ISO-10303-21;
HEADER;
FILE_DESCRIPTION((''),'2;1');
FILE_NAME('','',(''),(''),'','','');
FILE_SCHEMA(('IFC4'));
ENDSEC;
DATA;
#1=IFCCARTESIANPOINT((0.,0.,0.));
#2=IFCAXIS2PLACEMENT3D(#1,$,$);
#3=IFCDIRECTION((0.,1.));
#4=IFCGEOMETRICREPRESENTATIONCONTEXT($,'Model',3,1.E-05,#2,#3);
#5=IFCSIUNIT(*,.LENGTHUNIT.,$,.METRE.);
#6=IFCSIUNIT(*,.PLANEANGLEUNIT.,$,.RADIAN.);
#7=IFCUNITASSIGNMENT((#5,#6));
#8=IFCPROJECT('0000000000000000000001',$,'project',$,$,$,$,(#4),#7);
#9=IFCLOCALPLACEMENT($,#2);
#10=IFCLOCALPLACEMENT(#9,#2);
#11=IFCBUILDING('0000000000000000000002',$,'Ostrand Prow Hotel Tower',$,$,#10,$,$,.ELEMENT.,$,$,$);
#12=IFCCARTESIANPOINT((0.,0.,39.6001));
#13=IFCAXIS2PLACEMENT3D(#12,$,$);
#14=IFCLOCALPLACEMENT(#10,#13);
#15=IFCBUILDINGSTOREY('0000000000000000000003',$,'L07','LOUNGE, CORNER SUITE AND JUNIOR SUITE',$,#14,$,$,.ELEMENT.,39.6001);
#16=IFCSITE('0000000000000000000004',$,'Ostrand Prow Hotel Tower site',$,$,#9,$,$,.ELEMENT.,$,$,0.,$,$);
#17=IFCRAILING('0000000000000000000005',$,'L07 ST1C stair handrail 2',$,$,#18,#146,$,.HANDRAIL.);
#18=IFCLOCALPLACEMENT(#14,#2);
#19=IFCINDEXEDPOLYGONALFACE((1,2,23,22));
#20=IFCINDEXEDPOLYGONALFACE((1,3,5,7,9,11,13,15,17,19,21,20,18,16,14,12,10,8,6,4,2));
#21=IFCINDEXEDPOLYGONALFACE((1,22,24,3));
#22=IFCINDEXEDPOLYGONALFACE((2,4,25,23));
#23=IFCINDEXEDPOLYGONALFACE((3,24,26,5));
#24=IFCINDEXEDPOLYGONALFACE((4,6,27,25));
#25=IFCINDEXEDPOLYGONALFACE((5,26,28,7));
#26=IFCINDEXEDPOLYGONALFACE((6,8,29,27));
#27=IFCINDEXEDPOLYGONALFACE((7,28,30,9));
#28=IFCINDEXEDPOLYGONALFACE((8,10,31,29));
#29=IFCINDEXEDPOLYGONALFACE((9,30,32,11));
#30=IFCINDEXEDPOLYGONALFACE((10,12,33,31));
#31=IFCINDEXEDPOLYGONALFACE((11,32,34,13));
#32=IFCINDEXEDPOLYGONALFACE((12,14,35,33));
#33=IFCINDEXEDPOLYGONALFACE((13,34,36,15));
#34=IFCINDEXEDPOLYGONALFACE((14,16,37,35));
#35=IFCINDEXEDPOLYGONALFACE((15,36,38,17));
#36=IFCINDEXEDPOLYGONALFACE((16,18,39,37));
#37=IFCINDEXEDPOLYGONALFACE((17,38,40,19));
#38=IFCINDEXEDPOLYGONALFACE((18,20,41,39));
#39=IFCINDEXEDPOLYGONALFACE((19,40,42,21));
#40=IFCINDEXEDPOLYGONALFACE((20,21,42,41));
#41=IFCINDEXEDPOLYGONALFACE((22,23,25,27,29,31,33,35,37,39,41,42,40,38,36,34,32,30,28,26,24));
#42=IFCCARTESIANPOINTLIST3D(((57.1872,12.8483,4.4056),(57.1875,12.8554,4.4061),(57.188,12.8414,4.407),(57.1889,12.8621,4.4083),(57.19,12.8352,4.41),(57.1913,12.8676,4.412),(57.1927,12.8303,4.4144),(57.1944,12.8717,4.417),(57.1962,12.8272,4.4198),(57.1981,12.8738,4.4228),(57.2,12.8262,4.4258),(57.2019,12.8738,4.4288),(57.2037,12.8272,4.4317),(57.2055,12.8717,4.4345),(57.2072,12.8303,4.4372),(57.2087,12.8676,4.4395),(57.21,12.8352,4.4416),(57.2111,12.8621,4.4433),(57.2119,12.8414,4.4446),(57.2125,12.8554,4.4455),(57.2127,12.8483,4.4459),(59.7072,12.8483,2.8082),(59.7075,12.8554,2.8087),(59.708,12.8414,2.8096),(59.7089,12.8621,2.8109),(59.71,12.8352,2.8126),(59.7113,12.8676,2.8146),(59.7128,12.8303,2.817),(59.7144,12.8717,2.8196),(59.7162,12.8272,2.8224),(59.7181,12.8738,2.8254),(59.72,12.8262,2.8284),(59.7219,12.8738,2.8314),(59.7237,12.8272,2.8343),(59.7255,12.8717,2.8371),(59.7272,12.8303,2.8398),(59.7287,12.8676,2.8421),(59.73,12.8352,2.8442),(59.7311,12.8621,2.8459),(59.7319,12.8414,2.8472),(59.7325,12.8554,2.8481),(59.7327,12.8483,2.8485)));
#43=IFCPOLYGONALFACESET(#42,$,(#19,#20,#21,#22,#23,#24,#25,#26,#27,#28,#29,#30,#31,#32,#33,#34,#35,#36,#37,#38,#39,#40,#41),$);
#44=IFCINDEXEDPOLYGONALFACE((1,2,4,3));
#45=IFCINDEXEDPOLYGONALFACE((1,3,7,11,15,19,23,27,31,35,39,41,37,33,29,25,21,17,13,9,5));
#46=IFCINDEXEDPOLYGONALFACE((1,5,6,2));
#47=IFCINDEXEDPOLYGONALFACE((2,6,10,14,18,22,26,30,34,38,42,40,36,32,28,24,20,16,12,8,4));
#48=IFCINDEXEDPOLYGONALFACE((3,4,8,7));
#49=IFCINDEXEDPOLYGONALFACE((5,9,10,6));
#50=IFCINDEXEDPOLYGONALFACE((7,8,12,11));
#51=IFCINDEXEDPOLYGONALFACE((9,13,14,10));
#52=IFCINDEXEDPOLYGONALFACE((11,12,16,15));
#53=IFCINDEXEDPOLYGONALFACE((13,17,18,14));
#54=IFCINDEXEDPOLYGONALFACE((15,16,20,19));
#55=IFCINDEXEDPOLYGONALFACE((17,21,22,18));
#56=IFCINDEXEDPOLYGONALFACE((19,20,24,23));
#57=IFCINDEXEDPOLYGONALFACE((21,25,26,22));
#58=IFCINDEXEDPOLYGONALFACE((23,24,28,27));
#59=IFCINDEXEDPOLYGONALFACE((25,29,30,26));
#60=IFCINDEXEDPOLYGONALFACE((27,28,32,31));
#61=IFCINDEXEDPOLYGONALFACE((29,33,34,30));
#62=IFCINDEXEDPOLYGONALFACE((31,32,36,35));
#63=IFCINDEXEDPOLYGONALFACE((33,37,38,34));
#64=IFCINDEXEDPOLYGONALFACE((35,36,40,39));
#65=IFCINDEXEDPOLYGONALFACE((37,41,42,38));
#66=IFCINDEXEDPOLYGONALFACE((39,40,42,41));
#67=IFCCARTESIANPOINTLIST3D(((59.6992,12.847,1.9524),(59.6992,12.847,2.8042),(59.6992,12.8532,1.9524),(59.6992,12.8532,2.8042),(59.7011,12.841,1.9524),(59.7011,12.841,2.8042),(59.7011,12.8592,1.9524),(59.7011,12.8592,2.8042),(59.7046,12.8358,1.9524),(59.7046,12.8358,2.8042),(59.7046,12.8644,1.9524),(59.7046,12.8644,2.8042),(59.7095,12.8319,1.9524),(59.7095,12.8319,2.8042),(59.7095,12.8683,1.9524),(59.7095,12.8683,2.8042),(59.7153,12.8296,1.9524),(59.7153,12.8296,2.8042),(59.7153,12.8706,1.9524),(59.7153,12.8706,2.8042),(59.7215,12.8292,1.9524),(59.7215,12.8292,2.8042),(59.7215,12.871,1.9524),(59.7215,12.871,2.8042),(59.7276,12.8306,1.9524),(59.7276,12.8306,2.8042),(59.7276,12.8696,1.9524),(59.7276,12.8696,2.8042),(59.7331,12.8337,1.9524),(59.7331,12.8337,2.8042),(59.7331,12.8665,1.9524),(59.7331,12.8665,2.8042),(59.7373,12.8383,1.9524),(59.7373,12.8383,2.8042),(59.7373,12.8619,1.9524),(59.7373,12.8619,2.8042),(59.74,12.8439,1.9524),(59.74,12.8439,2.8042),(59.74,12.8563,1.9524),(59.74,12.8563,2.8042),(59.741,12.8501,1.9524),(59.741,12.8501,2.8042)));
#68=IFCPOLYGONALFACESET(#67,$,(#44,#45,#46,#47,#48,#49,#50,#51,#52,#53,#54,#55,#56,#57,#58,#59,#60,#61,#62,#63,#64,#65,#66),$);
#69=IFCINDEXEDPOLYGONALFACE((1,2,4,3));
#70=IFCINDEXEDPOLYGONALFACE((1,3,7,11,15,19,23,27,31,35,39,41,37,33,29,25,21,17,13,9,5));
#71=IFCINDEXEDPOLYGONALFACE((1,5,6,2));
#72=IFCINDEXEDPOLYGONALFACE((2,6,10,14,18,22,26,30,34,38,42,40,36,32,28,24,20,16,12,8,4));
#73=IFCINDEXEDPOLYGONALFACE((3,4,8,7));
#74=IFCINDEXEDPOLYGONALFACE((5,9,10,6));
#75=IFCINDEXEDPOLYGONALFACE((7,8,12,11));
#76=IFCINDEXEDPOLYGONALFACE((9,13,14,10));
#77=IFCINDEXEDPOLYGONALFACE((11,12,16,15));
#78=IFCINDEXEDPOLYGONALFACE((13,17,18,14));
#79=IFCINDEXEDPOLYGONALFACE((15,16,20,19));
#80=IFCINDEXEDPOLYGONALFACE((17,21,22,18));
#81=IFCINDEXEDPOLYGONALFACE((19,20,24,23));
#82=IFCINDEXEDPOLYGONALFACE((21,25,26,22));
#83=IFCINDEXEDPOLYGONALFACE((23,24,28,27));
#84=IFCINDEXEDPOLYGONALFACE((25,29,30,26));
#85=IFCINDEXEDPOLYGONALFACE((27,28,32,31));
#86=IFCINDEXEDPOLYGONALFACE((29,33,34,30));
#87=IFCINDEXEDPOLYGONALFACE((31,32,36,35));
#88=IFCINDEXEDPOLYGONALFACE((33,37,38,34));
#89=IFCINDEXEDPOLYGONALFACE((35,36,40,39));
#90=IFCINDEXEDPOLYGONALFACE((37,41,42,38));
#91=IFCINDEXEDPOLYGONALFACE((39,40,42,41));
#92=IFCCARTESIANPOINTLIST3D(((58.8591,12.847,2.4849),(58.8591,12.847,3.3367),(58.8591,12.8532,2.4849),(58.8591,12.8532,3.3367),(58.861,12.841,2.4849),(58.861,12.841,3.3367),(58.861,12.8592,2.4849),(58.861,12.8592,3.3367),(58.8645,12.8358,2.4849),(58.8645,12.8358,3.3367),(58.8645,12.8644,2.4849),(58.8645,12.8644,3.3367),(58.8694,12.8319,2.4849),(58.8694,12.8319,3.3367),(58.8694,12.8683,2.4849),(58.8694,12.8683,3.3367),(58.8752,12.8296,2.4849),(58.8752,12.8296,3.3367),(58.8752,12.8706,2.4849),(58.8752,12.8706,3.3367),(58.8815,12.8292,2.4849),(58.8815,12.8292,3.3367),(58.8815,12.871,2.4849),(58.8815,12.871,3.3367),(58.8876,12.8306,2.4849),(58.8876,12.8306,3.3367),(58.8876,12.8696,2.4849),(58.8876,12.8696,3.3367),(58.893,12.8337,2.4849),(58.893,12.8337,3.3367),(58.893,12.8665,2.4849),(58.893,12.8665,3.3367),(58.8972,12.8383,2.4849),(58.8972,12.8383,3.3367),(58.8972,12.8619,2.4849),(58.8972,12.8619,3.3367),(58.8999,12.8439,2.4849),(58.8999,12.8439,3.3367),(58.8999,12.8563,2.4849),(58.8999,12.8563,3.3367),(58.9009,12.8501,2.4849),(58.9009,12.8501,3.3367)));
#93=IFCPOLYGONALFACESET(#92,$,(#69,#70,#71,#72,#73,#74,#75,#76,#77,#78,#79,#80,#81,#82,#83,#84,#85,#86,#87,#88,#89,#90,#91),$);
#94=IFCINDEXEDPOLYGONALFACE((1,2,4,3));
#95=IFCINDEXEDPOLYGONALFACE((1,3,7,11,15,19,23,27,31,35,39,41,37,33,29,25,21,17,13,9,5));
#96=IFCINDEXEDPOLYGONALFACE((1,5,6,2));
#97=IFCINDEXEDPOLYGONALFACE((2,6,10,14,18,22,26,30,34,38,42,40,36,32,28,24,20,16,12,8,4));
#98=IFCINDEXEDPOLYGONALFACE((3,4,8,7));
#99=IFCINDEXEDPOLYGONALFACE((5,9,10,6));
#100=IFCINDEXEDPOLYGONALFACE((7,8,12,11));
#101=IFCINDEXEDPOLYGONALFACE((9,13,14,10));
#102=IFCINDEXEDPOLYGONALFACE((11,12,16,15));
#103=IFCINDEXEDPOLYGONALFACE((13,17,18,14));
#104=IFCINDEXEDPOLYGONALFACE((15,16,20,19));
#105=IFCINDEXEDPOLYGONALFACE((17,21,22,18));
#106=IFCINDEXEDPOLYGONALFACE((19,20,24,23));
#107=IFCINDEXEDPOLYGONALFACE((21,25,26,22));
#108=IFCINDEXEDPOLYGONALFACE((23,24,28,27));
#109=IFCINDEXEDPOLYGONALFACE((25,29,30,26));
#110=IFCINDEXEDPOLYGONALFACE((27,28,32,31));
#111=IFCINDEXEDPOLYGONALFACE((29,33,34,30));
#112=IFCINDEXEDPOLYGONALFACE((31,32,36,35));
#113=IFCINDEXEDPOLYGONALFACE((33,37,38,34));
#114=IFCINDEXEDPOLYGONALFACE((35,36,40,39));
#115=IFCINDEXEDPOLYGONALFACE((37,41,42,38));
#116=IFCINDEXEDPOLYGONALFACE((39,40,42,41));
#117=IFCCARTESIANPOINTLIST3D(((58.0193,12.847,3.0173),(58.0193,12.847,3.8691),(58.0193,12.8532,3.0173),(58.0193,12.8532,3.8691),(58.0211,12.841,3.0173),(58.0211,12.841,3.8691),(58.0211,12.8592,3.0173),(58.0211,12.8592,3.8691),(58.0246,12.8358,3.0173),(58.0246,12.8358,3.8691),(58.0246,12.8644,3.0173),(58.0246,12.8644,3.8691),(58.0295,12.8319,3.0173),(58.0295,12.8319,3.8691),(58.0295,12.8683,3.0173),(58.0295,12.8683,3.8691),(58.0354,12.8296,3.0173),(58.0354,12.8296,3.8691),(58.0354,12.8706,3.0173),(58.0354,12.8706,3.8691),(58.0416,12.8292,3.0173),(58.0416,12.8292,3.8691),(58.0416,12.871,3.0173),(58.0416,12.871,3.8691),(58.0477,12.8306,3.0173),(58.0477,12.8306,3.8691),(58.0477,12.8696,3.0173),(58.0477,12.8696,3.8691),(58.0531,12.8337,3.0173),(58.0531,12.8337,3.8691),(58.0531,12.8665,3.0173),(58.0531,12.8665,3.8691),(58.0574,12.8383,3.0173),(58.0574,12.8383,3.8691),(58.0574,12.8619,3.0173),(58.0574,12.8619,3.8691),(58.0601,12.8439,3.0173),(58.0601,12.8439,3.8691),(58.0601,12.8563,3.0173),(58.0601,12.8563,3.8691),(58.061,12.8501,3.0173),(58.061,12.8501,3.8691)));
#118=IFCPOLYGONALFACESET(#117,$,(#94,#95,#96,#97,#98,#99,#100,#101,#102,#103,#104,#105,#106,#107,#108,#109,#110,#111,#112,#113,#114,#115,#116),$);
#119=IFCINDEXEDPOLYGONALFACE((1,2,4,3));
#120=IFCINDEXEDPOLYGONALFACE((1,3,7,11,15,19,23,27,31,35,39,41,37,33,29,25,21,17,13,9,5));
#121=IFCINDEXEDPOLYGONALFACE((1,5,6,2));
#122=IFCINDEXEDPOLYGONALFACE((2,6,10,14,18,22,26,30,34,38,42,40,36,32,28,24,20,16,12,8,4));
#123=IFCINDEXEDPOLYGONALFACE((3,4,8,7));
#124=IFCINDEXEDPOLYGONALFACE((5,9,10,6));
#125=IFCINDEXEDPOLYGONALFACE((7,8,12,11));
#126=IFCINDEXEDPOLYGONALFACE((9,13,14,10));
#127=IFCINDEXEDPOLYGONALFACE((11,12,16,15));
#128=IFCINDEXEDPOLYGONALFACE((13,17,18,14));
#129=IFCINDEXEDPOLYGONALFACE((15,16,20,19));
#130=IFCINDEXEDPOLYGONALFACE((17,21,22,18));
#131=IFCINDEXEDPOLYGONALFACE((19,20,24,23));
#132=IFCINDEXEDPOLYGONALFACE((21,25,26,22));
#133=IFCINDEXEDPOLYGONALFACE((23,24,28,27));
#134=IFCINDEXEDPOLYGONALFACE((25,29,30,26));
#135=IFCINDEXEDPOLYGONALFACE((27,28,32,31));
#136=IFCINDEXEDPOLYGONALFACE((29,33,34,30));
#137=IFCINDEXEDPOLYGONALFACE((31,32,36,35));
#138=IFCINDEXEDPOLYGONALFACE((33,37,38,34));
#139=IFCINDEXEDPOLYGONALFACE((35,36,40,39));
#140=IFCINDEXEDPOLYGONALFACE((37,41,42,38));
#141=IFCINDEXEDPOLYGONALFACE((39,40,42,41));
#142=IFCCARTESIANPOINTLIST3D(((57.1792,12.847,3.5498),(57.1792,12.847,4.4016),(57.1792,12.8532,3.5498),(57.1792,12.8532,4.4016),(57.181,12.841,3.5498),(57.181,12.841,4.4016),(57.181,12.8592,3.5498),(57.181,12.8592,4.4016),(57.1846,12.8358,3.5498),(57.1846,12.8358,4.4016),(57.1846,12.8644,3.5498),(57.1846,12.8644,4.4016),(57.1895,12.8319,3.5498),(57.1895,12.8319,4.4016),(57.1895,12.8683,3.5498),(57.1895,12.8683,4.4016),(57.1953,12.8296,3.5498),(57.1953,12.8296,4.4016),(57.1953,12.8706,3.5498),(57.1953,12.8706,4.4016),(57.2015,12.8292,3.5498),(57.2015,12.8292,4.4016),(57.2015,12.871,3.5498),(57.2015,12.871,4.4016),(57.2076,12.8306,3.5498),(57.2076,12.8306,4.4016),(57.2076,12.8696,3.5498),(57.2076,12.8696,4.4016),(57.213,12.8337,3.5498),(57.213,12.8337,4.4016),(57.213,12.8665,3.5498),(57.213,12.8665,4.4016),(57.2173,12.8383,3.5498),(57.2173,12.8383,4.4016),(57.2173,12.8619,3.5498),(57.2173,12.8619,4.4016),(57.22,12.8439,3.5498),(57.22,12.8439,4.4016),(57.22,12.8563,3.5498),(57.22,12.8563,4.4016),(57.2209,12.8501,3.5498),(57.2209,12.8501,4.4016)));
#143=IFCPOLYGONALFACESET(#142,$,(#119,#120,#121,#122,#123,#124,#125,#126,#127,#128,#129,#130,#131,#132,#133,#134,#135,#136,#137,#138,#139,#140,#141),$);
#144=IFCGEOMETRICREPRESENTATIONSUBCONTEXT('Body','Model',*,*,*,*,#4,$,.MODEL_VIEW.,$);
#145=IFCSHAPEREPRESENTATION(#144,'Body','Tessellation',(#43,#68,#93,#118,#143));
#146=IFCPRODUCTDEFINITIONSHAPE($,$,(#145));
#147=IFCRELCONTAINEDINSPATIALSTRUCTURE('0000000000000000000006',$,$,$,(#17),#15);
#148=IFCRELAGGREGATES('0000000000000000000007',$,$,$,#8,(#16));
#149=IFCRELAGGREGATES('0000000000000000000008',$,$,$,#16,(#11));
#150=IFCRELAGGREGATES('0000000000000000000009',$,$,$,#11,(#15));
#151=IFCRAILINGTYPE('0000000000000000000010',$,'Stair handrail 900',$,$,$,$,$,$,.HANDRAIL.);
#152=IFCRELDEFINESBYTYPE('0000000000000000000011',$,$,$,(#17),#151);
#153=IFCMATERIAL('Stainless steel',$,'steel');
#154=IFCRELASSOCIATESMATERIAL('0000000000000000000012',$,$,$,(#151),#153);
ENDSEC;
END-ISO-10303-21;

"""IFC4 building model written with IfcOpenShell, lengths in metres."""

from ifc_helpers import new_model, si_unit, direction, frame, origin, origin_2d, place, context, subcontext, project, spatial, circle, extrude, material, type_object, element, save


model = new_model("IFC4")

# Units and contexts
model_context = context("Model", 3, precision=1e-05, world=origin(), true_north=direction((0.0, 1.0)))
body_context = subcontext(model_context, "Body", "Model", "MODEL_VIEW")
ifc_project = project(units=[si_unit("LENGTHUNIT", "METRE"), si_unit("PLANEANGLEUNIT", "RADIAN")], contexts=[model_context])

# Site, building, storey
site_placement = place(None, origin())
site = spatial("IfcSite", under=ifc_project, at=site_placement, Name="Ostrand Prow Hotel Tower site", CompositionType="ELEMENT", RefElevation=0.0)
building_placement = place(site_placement, origin())
building = spatial("IfcBuilding", under=site, at=building_placement, Name="Ostrand Prow Hotel Tower", CompositionType="ELEMENT")
storey_placement = place(building_placement, frame((0.0, 0.0, 39.6001)))
storey = spatial("IfcBuildingStorey", under=building, at=storey_placement, Name="L07", Description="LOUNGE, CORNER SUITE AND JUNIOR SUITE", CompositionType="ELEMENT", Elevation=39.6001)

# Railing
ifc_material_1 = material(Name="Stainless steel", Category="steel")
railing_type_1 = type_object("IfcRailingType", Name="Stair handrail 900", PredefinedType="HANDRAIL", material=ifc_material_1)
railing_1_placement = place(storey_placement, frame((59.72, 12.8501, 1.9524)))
element("IfcRailing", 1, at=railing_1_placement, inside=storey, type_object=railing_type_1, Name="L07 ST1C stair handrail 2", PredefinedType="HANDRAIL", context=body_context, shape_type="SweptSolid", body=[
    extrude(circle(Radius=0.0239, at=origin_2d()), frame((0.0, 0.0, 0.876), z_axis=(-0.844607, 0.0, 0.535387), x_axis=(0.0, -1.0, 0.0)), (0.0, 0.0, 1.0), 2.9836),
    extrude(circle(Radius=0.021, at=origin_2d()), origin(), (0.0, 0.0, 1.0), 0.8518),
    extrude(circle(Radius=0.021, at=origin_2d()), frame((-0.8401, 0.0, 0.5325)), (0.0, 0.0, 1.0), 0.8518),
    extrude(circle(Radius=0.021, at=origin_2d()), frame((-1.6799, 0.0, 1.0649)), (0.0, 0.0, 1.0), 0.8518),
    extrude(circle(Radius=0.021, at=origin_2d()), frame((-2.52, 0.0, 1.5974)), (0.0, 0.0, 1.0), 0.8518),
])

save(model, "model.ifc")
